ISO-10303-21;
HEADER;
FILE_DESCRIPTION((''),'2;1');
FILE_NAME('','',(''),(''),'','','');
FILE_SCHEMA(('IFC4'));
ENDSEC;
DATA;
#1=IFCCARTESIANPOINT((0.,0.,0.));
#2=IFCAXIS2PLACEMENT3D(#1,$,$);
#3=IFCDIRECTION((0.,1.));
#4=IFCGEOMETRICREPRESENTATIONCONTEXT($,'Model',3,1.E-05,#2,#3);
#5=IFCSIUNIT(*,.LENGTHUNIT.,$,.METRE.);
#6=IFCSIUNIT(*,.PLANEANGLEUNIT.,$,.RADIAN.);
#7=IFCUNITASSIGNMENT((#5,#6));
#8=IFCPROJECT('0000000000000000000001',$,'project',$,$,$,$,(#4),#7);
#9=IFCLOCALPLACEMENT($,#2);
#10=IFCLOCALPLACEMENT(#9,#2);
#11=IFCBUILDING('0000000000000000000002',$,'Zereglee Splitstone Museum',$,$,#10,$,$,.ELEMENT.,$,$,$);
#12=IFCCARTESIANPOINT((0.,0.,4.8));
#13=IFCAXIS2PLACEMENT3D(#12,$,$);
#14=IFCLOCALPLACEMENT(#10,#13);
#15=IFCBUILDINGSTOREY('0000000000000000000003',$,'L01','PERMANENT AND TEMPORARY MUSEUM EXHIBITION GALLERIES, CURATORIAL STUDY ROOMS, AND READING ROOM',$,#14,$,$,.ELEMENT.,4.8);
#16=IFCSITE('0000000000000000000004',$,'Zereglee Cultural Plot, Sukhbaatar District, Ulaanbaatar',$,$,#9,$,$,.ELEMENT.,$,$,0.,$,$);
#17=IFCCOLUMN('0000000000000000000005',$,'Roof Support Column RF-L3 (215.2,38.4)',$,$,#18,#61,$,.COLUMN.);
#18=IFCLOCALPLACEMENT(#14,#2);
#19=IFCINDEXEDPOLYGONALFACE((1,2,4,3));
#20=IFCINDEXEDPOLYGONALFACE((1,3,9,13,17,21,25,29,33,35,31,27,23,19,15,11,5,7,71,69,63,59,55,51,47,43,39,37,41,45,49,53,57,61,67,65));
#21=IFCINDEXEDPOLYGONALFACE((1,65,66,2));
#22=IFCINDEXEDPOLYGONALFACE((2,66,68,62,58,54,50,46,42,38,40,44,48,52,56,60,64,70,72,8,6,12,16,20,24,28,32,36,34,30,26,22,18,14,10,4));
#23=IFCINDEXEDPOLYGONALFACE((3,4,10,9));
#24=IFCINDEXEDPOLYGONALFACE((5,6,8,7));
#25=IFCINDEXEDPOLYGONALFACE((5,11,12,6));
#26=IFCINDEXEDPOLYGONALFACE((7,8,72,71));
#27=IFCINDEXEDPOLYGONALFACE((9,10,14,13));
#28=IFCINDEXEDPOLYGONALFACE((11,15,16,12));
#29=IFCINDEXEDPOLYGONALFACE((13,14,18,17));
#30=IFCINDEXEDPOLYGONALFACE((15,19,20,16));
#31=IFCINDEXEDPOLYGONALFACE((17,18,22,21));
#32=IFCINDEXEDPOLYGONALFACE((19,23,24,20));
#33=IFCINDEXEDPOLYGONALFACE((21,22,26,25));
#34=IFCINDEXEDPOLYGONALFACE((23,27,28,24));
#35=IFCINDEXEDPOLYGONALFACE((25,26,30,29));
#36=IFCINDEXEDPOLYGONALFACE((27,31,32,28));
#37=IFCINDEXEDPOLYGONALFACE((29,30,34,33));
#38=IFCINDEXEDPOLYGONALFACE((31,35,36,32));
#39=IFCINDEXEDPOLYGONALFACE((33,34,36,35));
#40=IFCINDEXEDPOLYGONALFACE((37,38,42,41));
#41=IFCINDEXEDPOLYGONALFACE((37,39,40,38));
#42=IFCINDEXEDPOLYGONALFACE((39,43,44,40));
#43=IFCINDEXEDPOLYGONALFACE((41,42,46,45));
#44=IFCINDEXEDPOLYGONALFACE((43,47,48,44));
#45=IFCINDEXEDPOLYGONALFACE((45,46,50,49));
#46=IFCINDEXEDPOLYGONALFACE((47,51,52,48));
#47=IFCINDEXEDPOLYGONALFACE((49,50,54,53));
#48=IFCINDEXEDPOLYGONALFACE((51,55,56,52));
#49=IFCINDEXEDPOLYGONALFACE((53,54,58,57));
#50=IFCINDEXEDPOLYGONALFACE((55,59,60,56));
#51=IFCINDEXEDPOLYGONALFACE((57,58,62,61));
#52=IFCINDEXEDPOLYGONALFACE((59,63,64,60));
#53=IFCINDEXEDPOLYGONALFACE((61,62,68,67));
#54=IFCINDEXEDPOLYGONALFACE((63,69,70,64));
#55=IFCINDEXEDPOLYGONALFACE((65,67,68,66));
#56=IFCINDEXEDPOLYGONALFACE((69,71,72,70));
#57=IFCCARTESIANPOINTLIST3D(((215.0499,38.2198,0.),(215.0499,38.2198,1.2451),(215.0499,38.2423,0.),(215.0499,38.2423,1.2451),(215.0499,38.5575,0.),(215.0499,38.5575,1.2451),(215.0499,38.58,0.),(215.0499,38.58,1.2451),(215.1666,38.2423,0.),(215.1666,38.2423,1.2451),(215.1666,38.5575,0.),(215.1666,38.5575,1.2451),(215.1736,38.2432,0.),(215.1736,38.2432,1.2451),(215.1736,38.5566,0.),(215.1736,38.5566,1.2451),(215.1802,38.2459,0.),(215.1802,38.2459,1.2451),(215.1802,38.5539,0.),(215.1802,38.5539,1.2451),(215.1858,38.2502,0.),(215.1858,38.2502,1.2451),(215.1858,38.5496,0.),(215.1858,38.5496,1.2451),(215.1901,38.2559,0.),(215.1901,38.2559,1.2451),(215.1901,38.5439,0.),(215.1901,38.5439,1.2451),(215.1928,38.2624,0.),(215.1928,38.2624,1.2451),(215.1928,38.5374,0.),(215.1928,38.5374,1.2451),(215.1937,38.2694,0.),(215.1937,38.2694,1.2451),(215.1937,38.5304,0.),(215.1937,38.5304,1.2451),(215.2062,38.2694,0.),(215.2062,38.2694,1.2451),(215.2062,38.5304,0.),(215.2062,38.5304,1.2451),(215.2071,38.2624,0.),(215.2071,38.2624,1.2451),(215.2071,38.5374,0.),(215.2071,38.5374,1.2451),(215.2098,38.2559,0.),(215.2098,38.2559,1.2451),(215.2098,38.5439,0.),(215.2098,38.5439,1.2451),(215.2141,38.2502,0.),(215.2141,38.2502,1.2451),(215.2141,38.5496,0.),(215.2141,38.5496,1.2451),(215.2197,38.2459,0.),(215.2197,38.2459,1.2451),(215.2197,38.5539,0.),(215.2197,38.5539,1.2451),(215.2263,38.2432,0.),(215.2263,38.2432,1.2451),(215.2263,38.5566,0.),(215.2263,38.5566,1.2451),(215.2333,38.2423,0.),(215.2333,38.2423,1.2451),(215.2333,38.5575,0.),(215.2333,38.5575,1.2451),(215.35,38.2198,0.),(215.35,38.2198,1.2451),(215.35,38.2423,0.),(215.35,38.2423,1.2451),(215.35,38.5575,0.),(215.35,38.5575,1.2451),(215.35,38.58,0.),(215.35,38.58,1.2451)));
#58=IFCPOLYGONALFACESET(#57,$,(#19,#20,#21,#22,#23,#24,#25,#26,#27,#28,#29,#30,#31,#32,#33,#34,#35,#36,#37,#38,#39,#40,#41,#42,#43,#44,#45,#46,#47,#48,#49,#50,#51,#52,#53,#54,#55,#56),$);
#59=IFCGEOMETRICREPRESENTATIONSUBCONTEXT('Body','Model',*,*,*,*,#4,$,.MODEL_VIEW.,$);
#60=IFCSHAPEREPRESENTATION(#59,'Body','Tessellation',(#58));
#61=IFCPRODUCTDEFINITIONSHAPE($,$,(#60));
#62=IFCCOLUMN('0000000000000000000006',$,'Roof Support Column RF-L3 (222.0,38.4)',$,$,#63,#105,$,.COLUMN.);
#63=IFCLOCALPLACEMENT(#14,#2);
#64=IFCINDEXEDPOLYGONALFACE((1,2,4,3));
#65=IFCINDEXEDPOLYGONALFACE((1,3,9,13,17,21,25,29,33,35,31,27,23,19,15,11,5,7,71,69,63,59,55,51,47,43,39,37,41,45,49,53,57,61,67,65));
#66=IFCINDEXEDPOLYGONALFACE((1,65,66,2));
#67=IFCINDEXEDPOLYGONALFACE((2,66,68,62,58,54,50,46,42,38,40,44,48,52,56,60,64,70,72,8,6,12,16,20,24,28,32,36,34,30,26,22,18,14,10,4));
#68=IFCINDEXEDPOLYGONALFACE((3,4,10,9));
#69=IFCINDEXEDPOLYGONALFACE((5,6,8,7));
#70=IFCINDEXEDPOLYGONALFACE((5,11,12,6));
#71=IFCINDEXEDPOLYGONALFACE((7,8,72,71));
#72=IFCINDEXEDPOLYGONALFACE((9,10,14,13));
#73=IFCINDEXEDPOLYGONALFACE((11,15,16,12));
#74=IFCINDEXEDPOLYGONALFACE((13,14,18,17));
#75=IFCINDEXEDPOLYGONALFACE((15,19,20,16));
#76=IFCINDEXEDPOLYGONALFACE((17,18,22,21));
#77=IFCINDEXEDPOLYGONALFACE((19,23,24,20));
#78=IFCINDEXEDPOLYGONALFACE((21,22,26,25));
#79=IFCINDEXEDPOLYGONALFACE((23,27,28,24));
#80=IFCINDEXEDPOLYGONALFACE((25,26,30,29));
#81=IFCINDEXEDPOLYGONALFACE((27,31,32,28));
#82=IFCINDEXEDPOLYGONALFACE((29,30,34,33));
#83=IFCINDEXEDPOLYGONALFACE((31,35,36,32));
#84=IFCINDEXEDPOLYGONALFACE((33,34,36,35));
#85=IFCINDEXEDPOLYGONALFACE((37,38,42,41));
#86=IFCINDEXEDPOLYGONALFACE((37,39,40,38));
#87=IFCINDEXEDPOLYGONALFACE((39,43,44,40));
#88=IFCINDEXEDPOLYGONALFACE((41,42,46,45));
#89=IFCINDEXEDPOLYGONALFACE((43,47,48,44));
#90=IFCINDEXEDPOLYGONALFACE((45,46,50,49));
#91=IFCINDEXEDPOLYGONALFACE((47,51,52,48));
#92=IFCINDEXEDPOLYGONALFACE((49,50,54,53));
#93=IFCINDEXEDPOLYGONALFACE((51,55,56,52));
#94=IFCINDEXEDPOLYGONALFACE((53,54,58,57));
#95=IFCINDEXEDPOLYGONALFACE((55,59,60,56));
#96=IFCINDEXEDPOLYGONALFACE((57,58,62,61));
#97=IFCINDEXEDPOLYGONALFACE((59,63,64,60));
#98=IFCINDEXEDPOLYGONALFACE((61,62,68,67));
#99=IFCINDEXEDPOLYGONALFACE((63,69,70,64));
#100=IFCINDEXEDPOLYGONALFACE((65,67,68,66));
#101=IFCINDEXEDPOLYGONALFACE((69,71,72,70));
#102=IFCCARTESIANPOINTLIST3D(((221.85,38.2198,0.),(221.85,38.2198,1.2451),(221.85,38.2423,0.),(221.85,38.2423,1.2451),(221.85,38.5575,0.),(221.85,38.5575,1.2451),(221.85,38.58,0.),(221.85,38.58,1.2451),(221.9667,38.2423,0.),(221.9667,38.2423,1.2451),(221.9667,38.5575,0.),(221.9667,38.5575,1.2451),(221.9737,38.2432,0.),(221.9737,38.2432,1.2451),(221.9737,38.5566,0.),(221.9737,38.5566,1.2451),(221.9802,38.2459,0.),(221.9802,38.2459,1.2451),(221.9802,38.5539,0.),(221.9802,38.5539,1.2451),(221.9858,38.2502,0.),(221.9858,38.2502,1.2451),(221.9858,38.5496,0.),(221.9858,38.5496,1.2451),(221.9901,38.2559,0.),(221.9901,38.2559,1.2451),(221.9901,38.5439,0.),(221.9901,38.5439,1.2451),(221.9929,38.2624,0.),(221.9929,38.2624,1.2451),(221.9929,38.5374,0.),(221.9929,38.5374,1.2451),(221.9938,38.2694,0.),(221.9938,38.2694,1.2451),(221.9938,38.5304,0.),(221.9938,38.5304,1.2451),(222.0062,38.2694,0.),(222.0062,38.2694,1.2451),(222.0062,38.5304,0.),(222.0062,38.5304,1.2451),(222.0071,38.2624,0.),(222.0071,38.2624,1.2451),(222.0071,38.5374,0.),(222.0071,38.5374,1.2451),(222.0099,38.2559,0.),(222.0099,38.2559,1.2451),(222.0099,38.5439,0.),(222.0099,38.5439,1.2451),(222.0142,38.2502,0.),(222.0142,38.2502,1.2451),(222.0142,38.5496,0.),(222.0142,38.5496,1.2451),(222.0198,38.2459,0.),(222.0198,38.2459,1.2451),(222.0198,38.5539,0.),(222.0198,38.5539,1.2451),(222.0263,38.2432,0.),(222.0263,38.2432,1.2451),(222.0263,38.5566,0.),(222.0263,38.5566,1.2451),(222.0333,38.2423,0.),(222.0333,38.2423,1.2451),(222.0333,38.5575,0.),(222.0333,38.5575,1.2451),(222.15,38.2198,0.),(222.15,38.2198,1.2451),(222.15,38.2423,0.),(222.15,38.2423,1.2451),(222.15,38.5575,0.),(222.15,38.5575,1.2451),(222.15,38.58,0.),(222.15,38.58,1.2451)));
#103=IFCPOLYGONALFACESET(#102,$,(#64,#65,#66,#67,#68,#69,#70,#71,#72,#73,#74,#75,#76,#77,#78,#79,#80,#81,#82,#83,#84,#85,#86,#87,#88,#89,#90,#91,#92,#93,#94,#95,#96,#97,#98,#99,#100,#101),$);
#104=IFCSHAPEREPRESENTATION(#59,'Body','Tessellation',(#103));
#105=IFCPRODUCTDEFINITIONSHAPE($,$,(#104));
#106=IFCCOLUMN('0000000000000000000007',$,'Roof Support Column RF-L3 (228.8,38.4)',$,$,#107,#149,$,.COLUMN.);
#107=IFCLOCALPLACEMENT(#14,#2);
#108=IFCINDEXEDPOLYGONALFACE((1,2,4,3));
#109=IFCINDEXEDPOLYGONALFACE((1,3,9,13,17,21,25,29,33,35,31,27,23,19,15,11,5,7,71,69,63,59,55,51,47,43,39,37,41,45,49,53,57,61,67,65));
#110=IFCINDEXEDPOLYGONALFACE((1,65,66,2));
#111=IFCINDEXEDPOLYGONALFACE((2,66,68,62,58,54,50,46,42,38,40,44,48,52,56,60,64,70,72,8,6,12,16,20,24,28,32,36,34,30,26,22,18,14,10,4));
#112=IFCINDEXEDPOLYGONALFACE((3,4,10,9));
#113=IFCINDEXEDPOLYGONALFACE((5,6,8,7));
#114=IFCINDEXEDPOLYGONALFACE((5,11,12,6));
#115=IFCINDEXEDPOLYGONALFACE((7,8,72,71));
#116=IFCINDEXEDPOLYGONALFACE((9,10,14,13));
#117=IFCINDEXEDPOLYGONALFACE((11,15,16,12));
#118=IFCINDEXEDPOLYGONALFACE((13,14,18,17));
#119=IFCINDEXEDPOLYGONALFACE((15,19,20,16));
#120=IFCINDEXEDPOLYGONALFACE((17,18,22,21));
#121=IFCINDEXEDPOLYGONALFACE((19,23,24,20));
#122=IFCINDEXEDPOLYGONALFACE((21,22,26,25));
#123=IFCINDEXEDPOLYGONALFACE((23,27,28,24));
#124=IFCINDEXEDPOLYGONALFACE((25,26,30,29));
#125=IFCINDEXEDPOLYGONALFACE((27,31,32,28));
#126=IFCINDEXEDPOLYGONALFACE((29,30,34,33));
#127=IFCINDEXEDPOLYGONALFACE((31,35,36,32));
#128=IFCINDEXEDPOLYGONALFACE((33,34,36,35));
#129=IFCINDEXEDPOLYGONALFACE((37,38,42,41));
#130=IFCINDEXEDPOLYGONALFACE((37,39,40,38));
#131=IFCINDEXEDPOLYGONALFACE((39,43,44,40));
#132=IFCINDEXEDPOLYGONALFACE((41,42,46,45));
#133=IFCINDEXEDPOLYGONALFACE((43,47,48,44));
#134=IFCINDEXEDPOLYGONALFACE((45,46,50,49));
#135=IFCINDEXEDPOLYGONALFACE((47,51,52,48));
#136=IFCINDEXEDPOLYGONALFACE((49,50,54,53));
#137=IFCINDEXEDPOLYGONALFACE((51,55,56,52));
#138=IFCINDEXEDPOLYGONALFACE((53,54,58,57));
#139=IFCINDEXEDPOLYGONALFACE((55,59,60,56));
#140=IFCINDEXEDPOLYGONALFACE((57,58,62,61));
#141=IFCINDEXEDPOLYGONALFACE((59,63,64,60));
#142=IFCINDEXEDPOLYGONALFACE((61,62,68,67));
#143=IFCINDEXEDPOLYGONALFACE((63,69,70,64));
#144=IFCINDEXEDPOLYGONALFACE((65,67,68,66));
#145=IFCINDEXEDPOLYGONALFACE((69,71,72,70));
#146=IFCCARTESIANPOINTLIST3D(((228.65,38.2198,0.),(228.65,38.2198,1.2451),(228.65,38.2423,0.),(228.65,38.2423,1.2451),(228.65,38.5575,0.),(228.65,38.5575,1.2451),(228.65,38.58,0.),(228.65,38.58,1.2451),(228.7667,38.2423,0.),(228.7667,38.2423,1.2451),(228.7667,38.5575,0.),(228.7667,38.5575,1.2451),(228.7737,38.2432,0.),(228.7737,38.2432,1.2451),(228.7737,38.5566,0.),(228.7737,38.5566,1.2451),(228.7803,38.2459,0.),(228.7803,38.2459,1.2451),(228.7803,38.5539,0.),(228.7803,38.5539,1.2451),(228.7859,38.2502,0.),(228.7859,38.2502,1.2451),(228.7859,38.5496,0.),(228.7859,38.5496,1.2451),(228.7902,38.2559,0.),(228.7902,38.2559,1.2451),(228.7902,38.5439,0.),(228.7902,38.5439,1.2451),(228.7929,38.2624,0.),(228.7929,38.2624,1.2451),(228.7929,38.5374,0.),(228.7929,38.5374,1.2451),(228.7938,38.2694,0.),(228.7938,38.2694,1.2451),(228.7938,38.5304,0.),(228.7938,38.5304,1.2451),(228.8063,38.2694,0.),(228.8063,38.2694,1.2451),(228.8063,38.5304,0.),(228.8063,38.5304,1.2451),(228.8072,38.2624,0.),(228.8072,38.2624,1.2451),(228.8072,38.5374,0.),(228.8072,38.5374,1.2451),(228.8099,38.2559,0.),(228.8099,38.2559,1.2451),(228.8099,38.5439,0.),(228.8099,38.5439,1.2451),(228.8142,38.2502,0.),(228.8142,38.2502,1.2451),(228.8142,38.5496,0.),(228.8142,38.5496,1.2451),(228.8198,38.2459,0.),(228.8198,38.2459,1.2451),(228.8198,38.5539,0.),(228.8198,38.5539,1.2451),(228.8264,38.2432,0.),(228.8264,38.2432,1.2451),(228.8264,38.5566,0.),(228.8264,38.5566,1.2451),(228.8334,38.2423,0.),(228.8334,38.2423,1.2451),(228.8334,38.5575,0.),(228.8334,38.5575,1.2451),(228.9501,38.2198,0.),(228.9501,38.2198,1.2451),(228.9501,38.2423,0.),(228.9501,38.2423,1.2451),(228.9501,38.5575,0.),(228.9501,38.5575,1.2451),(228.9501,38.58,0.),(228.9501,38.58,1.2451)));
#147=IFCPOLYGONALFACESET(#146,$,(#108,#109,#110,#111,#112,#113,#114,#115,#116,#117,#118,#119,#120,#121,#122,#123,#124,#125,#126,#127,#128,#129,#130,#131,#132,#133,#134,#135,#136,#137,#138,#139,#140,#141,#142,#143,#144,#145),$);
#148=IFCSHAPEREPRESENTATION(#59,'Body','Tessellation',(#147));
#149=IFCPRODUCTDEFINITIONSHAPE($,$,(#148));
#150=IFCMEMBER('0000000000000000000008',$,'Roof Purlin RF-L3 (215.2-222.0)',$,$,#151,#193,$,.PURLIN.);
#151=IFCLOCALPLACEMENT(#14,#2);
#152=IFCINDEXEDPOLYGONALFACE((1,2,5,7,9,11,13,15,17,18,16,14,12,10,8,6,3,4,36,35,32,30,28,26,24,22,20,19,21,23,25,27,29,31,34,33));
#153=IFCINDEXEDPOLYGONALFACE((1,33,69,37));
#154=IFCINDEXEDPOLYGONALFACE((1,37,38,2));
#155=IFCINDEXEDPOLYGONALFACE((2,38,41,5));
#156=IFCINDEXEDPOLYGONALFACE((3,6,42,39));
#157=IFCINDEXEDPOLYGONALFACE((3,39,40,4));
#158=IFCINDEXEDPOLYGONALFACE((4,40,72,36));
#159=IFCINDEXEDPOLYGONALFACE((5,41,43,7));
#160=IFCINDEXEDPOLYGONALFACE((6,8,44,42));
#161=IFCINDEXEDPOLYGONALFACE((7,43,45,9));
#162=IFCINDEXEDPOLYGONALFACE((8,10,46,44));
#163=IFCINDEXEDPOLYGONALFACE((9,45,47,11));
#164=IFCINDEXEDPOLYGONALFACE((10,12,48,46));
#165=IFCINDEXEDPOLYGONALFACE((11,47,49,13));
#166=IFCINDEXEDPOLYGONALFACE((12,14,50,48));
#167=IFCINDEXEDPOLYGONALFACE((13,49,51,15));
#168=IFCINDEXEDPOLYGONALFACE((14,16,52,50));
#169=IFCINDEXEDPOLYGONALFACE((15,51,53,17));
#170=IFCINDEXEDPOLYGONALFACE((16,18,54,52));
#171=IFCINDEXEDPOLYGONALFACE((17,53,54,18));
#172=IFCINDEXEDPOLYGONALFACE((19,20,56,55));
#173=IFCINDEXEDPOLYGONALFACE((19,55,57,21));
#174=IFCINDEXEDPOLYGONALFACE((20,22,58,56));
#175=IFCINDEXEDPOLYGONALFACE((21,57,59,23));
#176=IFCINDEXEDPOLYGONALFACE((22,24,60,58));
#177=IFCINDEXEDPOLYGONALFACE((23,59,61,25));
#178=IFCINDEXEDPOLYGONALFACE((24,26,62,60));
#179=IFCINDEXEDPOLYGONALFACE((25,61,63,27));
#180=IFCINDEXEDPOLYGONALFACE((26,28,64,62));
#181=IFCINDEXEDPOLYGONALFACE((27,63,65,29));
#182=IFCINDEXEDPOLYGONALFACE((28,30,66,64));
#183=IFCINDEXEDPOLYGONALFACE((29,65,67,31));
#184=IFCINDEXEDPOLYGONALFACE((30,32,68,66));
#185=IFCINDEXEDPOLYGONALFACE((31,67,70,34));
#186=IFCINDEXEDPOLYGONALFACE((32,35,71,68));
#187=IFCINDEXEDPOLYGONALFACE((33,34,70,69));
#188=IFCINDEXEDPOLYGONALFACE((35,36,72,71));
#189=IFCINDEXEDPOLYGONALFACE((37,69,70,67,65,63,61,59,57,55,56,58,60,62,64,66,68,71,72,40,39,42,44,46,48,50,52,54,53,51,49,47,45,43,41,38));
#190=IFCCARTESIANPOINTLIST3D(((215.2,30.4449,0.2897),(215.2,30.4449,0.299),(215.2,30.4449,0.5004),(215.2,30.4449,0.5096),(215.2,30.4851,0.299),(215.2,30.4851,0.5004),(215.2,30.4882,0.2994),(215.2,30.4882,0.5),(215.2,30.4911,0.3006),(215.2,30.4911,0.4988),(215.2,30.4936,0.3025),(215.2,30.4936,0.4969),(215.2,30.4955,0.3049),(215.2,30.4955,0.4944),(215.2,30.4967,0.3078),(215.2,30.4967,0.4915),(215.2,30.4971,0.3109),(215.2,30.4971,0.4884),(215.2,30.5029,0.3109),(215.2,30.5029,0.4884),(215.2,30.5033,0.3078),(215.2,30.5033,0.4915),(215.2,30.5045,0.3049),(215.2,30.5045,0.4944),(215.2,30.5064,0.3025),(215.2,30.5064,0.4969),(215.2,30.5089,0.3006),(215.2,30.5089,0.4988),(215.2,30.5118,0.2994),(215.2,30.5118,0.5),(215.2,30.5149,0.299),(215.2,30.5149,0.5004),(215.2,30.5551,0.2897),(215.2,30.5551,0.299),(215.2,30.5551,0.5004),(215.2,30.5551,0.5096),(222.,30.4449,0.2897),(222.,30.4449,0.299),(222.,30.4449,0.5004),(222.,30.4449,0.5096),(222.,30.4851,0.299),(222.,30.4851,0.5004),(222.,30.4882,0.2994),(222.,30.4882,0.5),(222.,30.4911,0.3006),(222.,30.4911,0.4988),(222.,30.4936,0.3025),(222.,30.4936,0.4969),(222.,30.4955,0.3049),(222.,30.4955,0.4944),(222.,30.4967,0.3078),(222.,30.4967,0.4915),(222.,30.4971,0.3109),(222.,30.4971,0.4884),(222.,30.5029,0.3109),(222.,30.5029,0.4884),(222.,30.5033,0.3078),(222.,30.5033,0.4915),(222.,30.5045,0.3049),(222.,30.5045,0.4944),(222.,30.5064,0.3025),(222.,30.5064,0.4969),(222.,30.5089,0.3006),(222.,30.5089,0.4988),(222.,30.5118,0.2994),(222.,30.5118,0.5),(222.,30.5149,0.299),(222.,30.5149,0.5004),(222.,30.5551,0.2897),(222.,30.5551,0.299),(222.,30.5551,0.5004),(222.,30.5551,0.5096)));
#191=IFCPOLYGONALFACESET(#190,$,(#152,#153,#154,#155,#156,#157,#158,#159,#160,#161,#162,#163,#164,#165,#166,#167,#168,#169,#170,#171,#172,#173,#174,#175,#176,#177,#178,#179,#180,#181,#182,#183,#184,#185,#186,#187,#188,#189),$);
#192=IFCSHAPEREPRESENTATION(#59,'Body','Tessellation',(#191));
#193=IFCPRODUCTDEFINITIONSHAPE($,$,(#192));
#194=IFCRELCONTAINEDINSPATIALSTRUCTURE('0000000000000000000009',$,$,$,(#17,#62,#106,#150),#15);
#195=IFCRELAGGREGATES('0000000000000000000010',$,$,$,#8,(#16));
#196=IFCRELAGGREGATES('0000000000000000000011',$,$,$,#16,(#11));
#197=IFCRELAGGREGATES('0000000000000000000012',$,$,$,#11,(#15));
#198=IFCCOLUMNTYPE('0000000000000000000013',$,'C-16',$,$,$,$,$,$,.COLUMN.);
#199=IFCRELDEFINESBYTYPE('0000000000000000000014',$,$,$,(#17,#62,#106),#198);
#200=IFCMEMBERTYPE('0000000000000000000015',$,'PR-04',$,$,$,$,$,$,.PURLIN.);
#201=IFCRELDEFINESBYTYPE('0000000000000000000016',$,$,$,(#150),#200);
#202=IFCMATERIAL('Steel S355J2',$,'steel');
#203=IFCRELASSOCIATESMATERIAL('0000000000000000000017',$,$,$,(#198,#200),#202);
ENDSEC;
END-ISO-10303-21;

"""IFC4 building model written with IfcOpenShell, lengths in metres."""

from ifc_helpers import new_model, si_unit, direction, frame, origin, origin_2d, place, context, subcontext, project, spatial, i_section, extrude, material, material_profile, profile_set, type_object, element, save


model = new_model("IFC4")

# Units and contexts
model_context = context("Model", 3, precision=1e-05, world=origin(), true_north=direction((0.0, 1.0)))
body_context = subcontext(model_context, "Body", "Model", "MODEL_VIEW")
ifc_project = project(units=[si_unit("LENGTHUNIT", "METRE"), si_unit("PLANEANGLEUNIT", "RADIAN")], contexts=[model_context])

# Site, building, storey
site_placement = place(None, origin())
site = spatial("IfcSite", under=ifc_project, at=site_placement, Name="Zereglee Cultural Plot, Sukhbaatar District, Ulaanbaatar", CompositionType="ELEMENT", RefElevation=0.0)
building_placement = place(site_placement, origin())
building = spatial("IfcBuilding", under=site, at=building_placement, Name="Zereglee Splitstone Museum", CompositionType="ELEMENT")
storey_placement = place(building_placement, frame((0.0, 0.0, 4.8)))
storey = spatial("IfcBuildingStorey", under=building, at=storey_placement, Name="L01", Description="PERMANENT AND TEMPORARY MUSEUM EXHIBITION GALLERIES, CURATORIAL STUDY ROOMS, AND READING ROOM", CompositionType="ELEMENT", Elevation=4.8)

# Columns
ifc_material_1 = material(Name="Steel S355J2", Category="steel")
ifc_material_profile_1 = material_profile(ifc_material_1, i_section(OverallWidth=0.3, OverallDepth=0.3601, WebThickness=0.0125, FlangeThickness=0.0225, FilletRadius=0.0271, at=origin_2d()), Name="HE 360 B")
ifc_profile_set_1 = profile_set([ifc_material_profile_1], Name="Steel S355J2")
column_type = type_object("IfcColumnType", Name="C-16", PredefinedType="COLUMN", material=ifc_profile_set_1)
for number, where, z_axis, x_axis, name in (
    (1, (215.2, 38.3999, 0.0), (0.0, 0.0, 1.0), (1.0, 0.0, 0.0), "Roof Support Column RF-L3 (215.2,38.4)"),
    (2, (222.0, 38.3999, 0.0), (0.0, 0.0, 1.0), (1.0, 0.0, 0.0), "Roof Support Column RF-L3 (222.0,38.4)"),
    (3, (228.8, 38.3999, 0.0), (0.0, 0.0, 1.0), (1.0, 0.0, 0.0), "Roof Support Column RF-L3 (228.8,38.4)"),
):
    element("IfcColumn", number, at=place(storey_placement, frame(where, z_axis=z_axis, x_axis=x_axis)), inside=storey, type_object=column_type, Name=name, PredefinedType="COLUMN", context=body_context, shape_type="SweptSolid", body=[
        extrude(i_section(OverallWidth=0.3, OverallDepth=0.3601, WebThickness=0.0125, FlangeThickness=0.0225, FilletRadius=0.0271, at=origin_2d()), origin(), (0.0, 0.0, 1.0), 1.2451),
    ])

# Member
ifc_material_profile_2 = material_profile(ifc_material_1, i_section(OverallWidth=0.1101, OverallDepth=0.22, WebThickness=0.0059, FlangeThickness=0.0093, FilletRadius=0.012, at=origin_2d()), Name="IPE 220")
ifc_profile_set_2 = profile_set([ifc_material_profile_2], Name="Steel S355J2")
member_type_1 = type_object("IfcMemberType", Name="PR-04", PredefinedType="PURLIN", material=ifc_profile_set_2)
for number, where, z_axis, x_axis, name in (
    (4, (215.2, 30.5, 0.3997), (1.0, 0.0, 0.0), (0.0, 1.0, 0.0), "Roof Purlin RF-L3 (215.2-222.0)"),
):
    element("IfcMember", number, at=place(storey_placement, frame(where, z_axis=z_axis, x_axis=x_axis)), inside=storey, type_object=member_type_1, Name=name, PredefinedType="PURLIN", context=body_context, shape_type="SweptSolid", body=[
        extrude(i_section(OverallWidth=0.1101, OverallDepth=0.22, WebThickness=0.0059, FlangeThickness=0.0093, FilletRadius=0.012, at=origin_2d()), origin(), (0.0, 0.0, 1.0), 6.8),
    ])

save(model, "model.ifc")
